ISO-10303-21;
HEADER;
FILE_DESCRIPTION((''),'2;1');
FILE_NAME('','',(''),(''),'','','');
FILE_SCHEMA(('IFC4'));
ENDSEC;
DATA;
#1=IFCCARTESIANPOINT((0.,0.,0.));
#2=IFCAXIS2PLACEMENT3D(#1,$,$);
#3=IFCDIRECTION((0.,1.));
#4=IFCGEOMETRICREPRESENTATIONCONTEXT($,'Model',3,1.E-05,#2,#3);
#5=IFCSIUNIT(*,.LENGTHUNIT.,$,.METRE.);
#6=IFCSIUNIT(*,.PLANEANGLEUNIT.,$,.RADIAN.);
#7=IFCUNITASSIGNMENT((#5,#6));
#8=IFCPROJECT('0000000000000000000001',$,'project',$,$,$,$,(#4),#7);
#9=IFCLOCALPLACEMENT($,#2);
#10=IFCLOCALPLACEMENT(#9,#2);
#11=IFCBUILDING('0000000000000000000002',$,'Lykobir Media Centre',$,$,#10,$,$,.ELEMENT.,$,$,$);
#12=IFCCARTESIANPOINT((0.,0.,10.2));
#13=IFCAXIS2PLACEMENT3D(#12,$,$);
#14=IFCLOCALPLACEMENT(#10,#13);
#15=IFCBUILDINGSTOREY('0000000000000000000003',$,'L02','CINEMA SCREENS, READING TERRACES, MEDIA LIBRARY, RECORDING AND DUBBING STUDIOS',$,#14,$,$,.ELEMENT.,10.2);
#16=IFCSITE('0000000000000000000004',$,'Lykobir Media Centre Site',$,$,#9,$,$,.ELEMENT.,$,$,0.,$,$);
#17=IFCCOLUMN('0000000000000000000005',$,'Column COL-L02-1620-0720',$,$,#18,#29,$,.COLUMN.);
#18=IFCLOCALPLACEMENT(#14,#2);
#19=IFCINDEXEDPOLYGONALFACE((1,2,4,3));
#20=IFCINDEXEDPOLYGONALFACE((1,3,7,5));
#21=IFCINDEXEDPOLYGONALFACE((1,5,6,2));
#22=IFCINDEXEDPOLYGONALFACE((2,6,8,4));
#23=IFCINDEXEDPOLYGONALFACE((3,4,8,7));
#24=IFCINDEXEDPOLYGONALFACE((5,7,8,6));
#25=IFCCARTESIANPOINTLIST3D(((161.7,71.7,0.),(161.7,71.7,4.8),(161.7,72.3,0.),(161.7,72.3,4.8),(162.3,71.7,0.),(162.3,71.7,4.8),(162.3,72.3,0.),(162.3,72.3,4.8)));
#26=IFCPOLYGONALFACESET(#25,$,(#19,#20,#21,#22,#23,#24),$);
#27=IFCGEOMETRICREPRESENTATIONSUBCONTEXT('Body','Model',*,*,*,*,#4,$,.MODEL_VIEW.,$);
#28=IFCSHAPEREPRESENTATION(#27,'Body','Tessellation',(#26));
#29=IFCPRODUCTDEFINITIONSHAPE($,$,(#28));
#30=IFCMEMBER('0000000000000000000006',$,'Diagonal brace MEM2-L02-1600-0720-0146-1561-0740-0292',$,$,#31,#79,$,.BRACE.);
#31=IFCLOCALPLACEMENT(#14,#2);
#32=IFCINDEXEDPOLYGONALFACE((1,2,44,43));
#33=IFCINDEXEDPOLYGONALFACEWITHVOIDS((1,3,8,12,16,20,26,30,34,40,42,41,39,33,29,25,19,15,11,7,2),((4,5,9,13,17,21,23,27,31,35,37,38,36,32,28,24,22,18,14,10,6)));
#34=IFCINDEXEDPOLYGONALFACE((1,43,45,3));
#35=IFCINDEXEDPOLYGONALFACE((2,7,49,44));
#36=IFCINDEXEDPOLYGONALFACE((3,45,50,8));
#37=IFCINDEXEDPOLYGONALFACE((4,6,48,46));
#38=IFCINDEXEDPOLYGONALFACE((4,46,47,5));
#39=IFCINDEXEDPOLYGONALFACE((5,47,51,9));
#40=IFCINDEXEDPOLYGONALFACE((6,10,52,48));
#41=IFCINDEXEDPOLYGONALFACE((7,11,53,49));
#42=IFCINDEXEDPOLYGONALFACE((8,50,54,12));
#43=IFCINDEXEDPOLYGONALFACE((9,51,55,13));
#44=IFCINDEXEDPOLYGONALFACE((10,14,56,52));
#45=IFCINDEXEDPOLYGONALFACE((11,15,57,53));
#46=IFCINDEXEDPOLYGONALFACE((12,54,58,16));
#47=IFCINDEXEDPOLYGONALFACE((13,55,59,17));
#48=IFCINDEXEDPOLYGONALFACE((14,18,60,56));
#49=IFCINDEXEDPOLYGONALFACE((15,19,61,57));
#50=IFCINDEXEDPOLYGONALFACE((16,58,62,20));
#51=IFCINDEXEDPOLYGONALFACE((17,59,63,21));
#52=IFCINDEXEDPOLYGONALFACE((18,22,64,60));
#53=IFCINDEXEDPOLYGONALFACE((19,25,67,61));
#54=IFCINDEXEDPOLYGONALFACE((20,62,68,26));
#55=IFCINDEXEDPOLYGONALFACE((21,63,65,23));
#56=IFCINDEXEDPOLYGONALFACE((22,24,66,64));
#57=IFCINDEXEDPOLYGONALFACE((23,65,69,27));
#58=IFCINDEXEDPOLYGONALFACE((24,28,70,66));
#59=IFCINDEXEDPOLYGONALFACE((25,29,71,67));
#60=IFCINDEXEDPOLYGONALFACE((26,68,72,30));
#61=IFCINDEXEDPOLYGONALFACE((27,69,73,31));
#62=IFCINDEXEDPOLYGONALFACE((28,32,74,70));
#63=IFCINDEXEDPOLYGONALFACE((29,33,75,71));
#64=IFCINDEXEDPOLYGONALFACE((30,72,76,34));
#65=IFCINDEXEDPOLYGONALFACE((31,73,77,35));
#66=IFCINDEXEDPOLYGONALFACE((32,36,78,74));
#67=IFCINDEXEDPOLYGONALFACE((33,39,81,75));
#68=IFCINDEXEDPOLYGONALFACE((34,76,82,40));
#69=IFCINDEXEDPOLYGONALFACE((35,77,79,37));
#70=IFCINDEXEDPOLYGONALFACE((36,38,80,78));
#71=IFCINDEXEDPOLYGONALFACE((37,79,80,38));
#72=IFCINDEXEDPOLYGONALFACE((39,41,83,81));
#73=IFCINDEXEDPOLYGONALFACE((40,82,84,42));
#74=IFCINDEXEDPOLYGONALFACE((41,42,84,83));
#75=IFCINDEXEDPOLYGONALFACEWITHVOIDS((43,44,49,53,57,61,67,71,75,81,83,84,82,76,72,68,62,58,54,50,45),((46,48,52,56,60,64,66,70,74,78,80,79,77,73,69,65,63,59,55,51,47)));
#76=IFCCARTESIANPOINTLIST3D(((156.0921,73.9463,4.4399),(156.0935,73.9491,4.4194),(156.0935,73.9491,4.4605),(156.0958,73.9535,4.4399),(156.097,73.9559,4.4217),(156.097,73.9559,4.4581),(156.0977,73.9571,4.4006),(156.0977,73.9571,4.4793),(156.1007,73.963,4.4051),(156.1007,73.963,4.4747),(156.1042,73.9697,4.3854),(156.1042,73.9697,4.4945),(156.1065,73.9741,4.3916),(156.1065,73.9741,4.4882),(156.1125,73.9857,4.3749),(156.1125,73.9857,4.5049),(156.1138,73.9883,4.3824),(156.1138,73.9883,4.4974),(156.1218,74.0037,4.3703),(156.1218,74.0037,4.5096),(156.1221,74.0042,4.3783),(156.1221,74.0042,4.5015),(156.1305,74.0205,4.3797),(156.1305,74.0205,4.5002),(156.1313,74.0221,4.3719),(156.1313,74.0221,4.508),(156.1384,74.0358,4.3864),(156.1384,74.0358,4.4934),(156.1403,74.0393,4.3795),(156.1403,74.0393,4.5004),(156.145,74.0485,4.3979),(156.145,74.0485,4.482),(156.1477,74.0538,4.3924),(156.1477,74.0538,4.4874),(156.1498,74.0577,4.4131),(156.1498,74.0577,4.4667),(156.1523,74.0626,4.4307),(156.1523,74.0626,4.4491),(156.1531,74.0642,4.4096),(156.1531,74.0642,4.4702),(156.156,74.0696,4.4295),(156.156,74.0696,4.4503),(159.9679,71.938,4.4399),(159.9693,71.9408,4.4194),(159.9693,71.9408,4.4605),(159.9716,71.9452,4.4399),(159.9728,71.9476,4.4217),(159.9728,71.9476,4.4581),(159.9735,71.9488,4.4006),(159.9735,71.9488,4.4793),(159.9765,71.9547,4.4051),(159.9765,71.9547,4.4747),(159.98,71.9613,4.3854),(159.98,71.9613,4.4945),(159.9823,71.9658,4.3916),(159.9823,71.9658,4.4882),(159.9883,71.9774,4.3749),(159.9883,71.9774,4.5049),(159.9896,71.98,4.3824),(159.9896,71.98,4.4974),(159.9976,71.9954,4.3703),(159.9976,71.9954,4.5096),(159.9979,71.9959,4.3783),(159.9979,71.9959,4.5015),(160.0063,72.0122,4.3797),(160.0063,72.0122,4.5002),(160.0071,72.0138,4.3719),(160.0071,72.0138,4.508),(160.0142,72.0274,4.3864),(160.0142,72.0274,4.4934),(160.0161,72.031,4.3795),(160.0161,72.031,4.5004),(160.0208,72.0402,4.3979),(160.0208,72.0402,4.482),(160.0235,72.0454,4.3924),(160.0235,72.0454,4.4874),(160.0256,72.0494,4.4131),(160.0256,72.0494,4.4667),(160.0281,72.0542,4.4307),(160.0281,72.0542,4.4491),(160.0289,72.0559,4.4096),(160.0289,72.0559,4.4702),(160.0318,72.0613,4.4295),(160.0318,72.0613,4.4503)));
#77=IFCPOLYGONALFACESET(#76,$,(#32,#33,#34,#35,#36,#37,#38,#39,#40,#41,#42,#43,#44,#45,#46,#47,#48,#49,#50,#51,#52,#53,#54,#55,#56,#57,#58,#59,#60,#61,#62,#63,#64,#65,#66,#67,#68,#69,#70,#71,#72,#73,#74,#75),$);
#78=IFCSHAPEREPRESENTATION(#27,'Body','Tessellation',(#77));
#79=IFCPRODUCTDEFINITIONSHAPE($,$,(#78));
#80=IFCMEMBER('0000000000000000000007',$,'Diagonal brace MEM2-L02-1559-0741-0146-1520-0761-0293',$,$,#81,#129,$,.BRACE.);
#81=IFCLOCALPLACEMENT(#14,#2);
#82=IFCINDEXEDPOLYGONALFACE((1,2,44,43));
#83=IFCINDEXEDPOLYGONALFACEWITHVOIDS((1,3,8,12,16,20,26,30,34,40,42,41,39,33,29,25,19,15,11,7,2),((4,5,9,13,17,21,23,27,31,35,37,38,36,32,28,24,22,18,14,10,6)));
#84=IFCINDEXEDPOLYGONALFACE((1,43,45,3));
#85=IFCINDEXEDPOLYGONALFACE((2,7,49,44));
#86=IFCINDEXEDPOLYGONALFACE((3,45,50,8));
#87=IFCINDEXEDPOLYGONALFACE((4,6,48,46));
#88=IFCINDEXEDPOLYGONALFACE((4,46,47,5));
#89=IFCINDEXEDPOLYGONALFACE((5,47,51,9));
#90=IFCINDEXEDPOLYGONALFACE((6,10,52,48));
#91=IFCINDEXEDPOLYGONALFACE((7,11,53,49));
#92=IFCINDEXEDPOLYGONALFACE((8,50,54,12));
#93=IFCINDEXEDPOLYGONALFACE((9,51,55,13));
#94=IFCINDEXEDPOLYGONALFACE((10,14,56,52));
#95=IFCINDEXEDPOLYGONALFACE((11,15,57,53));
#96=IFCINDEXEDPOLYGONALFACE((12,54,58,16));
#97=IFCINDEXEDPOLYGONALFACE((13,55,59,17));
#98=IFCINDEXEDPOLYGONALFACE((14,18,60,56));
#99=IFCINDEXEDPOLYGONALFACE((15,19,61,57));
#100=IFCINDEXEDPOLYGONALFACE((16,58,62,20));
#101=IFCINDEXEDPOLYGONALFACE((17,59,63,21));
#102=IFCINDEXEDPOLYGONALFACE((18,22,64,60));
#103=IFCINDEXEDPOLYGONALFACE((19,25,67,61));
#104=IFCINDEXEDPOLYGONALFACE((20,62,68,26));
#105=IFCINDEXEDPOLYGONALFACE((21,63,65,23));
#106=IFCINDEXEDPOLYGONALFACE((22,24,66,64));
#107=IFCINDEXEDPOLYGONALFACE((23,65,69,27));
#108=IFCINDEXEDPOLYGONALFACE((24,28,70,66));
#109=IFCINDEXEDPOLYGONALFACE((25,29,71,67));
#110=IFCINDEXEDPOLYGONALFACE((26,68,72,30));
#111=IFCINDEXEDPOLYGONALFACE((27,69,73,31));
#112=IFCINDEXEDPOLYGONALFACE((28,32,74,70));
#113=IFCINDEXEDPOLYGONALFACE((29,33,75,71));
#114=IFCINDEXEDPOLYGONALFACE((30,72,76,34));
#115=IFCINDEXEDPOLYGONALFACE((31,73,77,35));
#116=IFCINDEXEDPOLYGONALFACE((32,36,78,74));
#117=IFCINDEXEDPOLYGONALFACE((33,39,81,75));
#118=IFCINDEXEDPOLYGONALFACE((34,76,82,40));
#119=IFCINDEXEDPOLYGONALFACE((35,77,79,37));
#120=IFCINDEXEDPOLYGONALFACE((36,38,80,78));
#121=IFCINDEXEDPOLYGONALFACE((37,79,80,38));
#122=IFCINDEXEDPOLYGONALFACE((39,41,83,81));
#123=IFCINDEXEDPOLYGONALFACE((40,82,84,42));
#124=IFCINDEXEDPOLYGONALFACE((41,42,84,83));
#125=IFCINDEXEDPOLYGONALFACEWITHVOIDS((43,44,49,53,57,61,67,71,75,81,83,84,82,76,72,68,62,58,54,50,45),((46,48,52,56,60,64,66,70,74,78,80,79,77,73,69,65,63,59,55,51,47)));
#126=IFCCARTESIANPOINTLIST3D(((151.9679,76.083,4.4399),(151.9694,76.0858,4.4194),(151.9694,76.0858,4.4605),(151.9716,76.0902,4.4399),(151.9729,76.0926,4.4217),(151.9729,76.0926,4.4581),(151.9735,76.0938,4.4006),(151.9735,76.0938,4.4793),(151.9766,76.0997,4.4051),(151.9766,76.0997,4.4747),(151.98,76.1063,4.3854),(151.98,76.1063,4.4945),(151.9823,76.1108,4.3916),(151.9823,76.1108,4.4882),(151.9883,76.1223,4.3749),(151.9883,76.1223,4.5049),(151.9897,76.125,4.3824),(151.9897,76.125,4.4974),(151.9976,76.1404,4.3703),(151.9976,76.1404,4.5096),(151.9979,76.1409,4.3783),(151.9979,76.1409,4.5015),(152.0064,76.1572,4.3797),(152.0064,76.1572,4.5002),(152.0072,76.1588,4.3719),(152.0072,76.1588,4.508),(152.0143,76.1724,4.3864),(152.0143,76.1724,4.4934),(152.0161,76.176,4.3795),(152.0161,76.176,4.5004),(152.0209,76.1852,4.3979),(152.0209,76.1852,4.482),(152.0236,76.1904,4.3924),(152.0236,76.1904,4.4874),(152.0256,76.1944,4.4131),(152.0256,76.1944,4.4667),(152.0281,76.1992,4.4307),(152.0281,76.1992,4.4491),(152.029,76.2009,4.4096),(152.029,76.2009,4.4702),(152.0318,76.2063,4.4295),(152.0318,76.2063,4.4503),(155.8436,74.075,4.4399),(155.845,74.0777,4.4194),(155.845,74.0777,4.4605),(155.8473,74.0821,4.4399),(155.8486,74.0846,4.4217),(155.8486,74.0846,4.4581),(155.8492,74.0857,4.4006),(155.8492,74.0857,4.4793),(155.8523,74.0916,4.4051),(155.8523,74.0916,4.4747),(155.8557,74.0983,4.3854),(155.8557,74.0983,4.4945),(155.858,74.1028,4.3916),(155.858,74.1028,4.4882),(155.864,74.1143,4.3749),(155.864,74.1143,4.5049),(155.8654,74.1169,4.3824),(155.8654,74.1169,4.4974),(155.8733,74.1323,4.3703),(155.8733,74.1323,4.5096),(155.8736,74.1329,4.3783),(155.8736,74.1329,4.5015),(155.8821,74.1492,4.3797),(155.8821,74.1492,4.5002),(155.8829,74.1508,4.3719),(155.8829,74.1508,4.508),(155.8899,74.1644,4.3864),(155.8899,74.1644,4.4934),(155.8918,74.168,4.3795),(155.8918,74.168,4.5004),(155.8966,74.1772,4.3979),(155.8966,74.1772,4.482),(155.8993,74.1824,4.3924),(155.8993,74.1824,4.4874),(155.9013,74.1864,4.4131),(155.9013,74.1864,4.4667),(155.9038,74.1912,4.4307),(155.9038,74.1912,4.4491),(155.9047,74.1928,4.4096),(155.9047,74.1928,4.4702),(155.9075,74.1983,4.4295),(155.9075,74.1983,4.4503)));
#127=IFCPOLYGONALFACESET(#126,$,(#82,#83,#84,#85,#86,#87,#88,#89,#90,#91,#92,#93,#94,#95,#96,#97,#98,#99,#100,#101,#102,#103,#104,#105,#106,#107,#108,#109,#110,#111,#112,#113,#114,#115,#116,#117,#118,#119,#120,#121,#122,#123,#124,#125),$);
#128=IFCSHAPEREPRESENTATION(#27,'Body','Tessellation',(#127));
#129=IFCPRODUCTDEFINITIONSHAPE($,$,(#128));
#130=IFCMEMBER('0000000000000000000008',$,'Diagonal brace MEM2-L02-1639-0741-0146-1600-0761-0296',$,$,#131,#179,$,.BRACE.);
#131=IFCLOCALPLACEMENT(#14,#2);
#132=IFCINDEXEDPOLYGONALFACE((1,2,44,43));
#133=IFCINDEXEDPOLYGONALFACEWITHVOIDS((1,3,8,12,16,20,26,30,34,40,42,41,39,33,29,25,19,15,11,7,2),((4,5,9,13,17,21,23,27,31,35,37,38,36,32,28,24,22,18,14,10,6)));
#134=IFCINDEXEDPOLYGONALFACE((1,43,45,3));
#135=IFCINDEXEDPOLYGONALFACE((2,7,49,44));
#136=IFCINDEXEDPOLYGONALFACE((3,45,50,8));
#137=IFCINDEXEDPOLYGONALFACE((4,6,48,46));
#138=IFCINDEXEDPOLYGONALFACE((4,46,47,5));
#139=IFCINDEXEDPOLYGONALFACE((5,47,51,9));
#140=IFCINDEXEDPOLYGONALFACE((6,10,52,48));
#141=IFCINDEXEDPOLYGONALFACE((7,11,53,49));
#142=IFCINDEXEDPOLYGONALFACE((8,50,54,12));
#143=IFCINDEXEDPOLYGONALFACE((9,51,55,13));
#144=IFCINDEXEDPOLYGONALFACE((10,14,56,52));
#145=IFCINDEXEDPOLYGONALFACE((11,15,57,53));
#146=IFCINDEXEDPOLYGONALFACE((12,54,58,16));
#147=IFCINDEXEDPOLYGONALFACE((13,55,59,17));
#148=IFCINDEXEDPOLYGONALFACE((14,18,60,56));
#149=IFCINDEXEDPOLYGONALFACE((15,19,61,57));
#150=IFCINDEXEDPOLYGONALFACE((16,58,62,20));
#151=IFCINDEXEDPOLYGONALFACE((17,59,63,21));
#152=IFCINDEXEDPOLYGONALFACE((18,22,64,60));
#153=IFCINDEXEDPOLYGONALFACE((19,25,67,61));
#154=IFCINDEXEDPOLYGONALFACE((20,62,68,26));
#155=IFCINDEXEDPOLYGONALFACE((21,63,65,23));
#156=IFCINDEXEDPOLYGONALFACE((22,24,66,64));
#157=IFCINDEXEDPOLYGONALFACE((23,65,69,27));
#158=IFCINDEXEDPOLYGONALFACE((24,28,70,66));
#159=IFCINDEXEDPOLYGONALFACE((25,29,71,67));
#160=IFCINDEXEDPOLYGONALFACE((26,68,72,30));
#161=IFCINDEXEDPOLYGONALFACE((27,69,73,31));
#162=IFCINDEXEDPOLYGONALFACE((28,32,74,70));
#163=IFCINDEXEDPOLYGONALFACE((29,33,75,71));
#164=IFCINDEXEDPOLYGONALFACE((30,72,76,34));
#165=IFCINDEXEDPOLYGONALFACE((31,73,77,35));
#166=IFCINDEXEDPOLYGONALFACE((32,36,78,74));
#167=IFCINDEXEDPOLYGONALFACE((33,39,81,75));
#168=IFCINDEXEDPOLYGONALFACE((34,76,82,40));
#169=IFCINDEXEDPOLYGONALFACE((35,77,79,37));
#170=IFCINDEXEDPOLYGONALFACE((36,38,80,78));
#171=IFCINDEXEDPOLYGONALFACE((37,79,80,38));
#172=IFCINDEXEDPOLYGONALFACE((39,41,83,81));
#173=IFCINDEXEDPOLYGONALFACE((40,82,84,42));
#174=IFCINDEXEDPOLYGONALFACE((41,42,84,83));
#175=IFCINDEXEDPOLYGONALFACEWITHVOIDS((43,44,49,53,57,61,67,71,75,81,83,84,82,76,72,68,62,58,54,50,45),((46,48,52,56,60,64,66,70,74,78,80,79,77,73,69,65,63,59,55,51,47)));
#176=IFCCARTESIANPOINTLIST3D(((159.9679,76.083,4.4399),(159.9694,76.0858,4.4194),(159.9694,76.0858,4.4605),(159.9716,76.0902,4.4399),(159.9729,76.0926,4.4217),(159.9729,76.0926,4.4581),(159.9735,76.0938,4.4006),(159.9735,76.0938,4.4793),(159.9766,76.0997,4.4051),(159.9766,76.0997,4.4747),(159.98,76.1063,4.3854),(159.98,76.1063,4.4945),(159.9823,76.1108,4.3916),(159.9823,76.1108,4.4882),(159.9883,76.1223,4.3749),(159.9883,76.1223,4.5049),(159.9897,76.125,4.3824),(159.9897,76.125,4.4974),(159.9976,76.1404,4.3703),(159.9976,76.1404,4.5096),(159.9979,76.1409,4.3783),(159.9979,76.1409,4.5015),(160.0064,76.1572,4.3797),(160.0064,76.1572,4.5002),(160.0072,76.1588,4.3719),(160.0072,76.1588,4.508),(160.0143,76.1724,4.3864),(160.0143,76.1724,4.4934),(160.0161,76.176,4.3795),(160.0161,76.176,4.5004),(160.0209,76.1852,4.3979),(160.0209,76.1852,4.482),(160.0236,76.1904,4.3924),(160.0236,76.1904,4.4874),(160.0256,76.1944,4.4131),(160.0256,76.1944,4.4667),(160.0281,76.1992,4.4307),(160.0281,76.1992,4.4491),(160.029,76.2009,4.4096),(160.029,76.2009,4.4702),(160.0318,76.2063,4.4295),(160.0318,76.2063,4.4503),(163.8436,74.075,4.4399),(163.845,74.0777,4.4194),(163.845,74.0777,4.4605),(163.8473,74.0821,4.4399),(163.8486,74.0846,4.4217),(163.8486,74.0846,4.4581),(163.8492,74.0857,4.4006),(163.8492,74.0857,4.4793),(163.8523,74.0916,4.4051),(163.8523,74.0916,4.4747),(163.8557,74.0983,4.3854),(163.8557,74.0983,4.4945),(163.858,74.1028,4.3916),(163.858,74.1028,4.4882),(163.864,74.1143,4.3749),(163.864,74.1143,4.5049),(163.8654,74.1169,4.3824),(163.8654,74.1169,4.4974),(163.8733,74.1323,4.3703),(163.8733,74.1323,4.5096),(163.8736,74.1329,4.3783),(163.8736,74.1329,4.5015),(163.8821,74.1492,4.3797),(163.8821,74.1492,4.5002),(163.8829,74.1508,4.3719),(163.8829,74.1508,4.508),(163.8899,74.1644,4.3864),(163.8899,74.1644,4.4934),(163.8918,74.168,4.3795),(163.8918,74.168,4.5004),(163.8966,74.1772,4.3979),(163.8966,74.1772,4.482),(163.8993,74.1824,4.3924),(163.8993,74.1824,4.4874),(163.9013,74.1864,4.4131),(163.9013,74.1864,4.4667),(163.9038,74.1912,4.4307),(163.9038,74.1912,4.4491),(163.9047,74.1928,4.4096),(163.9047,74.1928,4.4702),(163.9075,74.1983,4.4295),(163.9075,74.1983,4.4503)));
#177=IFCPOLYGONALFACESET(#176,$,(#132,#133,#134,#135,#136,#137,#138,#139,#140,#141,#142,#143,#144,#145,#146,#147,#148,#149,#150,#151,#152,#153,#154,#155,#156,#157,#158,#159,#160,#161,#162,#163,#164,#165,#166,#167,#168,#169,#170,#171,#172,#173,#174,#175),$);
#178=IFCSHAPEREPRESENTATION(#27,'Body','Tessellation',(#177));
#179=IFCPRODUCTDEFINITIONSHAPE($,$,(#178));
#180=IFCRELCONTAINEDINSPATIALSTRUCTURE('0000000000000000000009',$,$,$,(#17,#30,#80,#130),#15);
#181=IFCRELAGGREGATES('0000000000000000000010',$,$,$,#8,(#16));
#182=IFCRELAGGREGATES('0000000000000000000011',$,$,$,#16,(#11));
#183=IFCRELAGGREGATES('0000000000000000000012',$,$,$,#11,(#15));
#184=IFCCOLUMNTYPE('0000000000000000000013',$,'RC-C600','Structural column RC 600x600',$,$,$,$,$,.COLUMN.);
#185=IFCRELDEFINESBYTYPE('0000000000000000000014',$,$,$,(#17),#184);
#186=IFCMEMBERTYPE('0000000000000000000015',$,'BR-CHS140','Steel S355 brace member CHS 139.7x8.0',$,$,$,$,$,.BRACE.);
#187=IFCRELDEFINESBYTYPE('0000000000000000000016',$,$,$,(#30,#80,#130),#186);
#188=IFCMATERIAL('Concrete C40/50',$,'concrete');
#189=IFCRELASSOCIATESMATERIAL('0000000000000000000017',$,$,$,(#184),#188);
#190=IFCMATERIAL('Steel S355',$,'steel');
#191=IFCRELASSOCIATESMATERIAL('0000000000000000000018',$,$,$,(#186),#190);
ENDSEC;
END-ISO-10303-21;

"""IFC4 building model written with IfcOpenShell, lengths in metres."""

from ifc_helpers import new_model, si_unit, direction, frame, origin, origin_2d, place, context, subcontext, project, spatial, rectangle, hollow_circle, extrude, material, material_profile, profile_set, type_object, element, save


model = new_model("IFC4")

# Units and contexts
model_context = context("Model", 3, precision=1e-05, world=origin(), true_north=direction((0.0, 1.0)))
body_context = subcontext(model_context, "Body", "Model", "MODEL_VIEW")
ifc_project = project(units=[si_unit("LENGTHUNIT", "METRE"), si_unit("PLANEANGLEUNIT", "RADIAN")], contexts=[model_context])

# Site, building, storey
site_placement = place(None, origin())
site = spatial("IfcSite", under=ifc_project, at=site_placement, Name="Lykobir Media Centre Site", CompositionType="ELEMENT", RefElevation=0.0)
building_placement = place(site_placement, origin())
building = spatial("IfcBuilding", under=site, at=building_placement, Name="Lykobir Media Centre", CompositionType="ELEMENT")
storey_placement = place(building_placement, frame((0.0, 0.0, 10.2)))
storey = spatial("IfcBuildingStorey", under=building, at=storey_placement, Name="L02", Description="CINEMA SCREENS, READING TERRACES, MEDIA LIBRARY, RECORDING AND DUBBING STUDIOS", CompositionType="ELEMENT", Elevation=10.2)

# Column
ifc_material_1 = material(Name="Concrete C40/50", Category="concrete")
ifc_material_profile_1 = material_profile(ifc_material_1, rectangle(XDim=0.6001, YDim=0.6001, at=origin_2d()), Name="RC 600x600")
ifc_profile_set_1 = profile_set([ifc_material_profile_1], Name="Concrete C40/50")
column_type = type_object("IfcColumnType", Name="RC-C600", Description="Structural column RC 600x600", PredefinedType="COLUMN", material=ifc_profile_set_1)
column_placement = place(storey_placement, frame((162.0, 72.0, 0.0), z_axis=(0.0, 0.0, 1.0), x_axis=(1.0, 0.0, 0.0)))
element("IfcColumn", 1, at=column_placement, inside=storey, type_object=column_type, Name="Column COL-L02-1620-0720", PredefinedType="COLUMN", context=body_context, shape_type="SweptSolid", body=[
    extrude(rectangle(XDim=0.6001, YDim=0.6001, at=origin_2d()), origin(), (0.0, 0.0, 1.0), 4.8),
])

# Members
ifc_material_2 = material(Name="Steel S355", Category="steel")
ifc_material_profile_2 = material_profile(ifc_material_2, hollow_circle(Radius=0.0698, WallThickness=0.0081, at=origin_2d()), Name="CHS 139.7x8.0")
ifc_profile_set_2 = profile_set([ifc_material_profile_2], Name="Steel S355")
member_type_1 = type_object("IfcMemberType", Name="BR-CHS140", Description="Steel S355 brace member CHS 139.7x8.0", PredefinedType="BRACE", material=ifc_profile_set_2)
member_1_placement = place(storey_placement, frame((160.0, 72.0, 4.4399), z_axis=(-0.88788, 0.460076, 0.0), x_axis=(-0.460076, -0.88788, 0.0)))
element("IfcMember", 2, at=member_1_placement, inside=storey, type_object=member_type_1, Name="Diagonal brace MEM2-L02-1600-0720-0146-1561-0740-0292", PredefinedType="BRACE", context=body_context, shape_type="SweptSolid", body=[
    extrude(hollow_circle(Radius=0.0698, WallThickness=0.0081, at=origin_2d()), origin(), (0.0, 0.0, 1.0), 4.3652),
])
for number, where, z_axis, x_axis, name in (
    (3, (155.8757, 74.137, 4.4399), (-0.887903, 0.460031, 0.0), (-0.460031, -0.887903, 0.0), "Diagonal brace MEM2-L02-1559-0741-0146-1520-0761-0293"),
    (4, (163.8757, 74.137, 4.4399), (-0.887903, 0.460031, 0.0), (-0.460031, -0.887903, 0.0), "Diagonal brace MEM2-L02-1639-0741-0146-1600-0761-0296"),
):
    element("IfcMember", number, at=place(storey_placement, frame(where, z_axis=z_axis, x_axis=x_axis)), inside=storey, type_object=member_type_1, Name=name, PredefinedType="BRACE", context=body_context, shape_type="SweptSolid", body=[
        extrude(hollow_circle(Radius=0.0698, WallThickness=0.0081, at=origin_2d()), origin(), (0.0, 0.0, 1.0), 4.365),
    ])

save(model, "model.ifc")
